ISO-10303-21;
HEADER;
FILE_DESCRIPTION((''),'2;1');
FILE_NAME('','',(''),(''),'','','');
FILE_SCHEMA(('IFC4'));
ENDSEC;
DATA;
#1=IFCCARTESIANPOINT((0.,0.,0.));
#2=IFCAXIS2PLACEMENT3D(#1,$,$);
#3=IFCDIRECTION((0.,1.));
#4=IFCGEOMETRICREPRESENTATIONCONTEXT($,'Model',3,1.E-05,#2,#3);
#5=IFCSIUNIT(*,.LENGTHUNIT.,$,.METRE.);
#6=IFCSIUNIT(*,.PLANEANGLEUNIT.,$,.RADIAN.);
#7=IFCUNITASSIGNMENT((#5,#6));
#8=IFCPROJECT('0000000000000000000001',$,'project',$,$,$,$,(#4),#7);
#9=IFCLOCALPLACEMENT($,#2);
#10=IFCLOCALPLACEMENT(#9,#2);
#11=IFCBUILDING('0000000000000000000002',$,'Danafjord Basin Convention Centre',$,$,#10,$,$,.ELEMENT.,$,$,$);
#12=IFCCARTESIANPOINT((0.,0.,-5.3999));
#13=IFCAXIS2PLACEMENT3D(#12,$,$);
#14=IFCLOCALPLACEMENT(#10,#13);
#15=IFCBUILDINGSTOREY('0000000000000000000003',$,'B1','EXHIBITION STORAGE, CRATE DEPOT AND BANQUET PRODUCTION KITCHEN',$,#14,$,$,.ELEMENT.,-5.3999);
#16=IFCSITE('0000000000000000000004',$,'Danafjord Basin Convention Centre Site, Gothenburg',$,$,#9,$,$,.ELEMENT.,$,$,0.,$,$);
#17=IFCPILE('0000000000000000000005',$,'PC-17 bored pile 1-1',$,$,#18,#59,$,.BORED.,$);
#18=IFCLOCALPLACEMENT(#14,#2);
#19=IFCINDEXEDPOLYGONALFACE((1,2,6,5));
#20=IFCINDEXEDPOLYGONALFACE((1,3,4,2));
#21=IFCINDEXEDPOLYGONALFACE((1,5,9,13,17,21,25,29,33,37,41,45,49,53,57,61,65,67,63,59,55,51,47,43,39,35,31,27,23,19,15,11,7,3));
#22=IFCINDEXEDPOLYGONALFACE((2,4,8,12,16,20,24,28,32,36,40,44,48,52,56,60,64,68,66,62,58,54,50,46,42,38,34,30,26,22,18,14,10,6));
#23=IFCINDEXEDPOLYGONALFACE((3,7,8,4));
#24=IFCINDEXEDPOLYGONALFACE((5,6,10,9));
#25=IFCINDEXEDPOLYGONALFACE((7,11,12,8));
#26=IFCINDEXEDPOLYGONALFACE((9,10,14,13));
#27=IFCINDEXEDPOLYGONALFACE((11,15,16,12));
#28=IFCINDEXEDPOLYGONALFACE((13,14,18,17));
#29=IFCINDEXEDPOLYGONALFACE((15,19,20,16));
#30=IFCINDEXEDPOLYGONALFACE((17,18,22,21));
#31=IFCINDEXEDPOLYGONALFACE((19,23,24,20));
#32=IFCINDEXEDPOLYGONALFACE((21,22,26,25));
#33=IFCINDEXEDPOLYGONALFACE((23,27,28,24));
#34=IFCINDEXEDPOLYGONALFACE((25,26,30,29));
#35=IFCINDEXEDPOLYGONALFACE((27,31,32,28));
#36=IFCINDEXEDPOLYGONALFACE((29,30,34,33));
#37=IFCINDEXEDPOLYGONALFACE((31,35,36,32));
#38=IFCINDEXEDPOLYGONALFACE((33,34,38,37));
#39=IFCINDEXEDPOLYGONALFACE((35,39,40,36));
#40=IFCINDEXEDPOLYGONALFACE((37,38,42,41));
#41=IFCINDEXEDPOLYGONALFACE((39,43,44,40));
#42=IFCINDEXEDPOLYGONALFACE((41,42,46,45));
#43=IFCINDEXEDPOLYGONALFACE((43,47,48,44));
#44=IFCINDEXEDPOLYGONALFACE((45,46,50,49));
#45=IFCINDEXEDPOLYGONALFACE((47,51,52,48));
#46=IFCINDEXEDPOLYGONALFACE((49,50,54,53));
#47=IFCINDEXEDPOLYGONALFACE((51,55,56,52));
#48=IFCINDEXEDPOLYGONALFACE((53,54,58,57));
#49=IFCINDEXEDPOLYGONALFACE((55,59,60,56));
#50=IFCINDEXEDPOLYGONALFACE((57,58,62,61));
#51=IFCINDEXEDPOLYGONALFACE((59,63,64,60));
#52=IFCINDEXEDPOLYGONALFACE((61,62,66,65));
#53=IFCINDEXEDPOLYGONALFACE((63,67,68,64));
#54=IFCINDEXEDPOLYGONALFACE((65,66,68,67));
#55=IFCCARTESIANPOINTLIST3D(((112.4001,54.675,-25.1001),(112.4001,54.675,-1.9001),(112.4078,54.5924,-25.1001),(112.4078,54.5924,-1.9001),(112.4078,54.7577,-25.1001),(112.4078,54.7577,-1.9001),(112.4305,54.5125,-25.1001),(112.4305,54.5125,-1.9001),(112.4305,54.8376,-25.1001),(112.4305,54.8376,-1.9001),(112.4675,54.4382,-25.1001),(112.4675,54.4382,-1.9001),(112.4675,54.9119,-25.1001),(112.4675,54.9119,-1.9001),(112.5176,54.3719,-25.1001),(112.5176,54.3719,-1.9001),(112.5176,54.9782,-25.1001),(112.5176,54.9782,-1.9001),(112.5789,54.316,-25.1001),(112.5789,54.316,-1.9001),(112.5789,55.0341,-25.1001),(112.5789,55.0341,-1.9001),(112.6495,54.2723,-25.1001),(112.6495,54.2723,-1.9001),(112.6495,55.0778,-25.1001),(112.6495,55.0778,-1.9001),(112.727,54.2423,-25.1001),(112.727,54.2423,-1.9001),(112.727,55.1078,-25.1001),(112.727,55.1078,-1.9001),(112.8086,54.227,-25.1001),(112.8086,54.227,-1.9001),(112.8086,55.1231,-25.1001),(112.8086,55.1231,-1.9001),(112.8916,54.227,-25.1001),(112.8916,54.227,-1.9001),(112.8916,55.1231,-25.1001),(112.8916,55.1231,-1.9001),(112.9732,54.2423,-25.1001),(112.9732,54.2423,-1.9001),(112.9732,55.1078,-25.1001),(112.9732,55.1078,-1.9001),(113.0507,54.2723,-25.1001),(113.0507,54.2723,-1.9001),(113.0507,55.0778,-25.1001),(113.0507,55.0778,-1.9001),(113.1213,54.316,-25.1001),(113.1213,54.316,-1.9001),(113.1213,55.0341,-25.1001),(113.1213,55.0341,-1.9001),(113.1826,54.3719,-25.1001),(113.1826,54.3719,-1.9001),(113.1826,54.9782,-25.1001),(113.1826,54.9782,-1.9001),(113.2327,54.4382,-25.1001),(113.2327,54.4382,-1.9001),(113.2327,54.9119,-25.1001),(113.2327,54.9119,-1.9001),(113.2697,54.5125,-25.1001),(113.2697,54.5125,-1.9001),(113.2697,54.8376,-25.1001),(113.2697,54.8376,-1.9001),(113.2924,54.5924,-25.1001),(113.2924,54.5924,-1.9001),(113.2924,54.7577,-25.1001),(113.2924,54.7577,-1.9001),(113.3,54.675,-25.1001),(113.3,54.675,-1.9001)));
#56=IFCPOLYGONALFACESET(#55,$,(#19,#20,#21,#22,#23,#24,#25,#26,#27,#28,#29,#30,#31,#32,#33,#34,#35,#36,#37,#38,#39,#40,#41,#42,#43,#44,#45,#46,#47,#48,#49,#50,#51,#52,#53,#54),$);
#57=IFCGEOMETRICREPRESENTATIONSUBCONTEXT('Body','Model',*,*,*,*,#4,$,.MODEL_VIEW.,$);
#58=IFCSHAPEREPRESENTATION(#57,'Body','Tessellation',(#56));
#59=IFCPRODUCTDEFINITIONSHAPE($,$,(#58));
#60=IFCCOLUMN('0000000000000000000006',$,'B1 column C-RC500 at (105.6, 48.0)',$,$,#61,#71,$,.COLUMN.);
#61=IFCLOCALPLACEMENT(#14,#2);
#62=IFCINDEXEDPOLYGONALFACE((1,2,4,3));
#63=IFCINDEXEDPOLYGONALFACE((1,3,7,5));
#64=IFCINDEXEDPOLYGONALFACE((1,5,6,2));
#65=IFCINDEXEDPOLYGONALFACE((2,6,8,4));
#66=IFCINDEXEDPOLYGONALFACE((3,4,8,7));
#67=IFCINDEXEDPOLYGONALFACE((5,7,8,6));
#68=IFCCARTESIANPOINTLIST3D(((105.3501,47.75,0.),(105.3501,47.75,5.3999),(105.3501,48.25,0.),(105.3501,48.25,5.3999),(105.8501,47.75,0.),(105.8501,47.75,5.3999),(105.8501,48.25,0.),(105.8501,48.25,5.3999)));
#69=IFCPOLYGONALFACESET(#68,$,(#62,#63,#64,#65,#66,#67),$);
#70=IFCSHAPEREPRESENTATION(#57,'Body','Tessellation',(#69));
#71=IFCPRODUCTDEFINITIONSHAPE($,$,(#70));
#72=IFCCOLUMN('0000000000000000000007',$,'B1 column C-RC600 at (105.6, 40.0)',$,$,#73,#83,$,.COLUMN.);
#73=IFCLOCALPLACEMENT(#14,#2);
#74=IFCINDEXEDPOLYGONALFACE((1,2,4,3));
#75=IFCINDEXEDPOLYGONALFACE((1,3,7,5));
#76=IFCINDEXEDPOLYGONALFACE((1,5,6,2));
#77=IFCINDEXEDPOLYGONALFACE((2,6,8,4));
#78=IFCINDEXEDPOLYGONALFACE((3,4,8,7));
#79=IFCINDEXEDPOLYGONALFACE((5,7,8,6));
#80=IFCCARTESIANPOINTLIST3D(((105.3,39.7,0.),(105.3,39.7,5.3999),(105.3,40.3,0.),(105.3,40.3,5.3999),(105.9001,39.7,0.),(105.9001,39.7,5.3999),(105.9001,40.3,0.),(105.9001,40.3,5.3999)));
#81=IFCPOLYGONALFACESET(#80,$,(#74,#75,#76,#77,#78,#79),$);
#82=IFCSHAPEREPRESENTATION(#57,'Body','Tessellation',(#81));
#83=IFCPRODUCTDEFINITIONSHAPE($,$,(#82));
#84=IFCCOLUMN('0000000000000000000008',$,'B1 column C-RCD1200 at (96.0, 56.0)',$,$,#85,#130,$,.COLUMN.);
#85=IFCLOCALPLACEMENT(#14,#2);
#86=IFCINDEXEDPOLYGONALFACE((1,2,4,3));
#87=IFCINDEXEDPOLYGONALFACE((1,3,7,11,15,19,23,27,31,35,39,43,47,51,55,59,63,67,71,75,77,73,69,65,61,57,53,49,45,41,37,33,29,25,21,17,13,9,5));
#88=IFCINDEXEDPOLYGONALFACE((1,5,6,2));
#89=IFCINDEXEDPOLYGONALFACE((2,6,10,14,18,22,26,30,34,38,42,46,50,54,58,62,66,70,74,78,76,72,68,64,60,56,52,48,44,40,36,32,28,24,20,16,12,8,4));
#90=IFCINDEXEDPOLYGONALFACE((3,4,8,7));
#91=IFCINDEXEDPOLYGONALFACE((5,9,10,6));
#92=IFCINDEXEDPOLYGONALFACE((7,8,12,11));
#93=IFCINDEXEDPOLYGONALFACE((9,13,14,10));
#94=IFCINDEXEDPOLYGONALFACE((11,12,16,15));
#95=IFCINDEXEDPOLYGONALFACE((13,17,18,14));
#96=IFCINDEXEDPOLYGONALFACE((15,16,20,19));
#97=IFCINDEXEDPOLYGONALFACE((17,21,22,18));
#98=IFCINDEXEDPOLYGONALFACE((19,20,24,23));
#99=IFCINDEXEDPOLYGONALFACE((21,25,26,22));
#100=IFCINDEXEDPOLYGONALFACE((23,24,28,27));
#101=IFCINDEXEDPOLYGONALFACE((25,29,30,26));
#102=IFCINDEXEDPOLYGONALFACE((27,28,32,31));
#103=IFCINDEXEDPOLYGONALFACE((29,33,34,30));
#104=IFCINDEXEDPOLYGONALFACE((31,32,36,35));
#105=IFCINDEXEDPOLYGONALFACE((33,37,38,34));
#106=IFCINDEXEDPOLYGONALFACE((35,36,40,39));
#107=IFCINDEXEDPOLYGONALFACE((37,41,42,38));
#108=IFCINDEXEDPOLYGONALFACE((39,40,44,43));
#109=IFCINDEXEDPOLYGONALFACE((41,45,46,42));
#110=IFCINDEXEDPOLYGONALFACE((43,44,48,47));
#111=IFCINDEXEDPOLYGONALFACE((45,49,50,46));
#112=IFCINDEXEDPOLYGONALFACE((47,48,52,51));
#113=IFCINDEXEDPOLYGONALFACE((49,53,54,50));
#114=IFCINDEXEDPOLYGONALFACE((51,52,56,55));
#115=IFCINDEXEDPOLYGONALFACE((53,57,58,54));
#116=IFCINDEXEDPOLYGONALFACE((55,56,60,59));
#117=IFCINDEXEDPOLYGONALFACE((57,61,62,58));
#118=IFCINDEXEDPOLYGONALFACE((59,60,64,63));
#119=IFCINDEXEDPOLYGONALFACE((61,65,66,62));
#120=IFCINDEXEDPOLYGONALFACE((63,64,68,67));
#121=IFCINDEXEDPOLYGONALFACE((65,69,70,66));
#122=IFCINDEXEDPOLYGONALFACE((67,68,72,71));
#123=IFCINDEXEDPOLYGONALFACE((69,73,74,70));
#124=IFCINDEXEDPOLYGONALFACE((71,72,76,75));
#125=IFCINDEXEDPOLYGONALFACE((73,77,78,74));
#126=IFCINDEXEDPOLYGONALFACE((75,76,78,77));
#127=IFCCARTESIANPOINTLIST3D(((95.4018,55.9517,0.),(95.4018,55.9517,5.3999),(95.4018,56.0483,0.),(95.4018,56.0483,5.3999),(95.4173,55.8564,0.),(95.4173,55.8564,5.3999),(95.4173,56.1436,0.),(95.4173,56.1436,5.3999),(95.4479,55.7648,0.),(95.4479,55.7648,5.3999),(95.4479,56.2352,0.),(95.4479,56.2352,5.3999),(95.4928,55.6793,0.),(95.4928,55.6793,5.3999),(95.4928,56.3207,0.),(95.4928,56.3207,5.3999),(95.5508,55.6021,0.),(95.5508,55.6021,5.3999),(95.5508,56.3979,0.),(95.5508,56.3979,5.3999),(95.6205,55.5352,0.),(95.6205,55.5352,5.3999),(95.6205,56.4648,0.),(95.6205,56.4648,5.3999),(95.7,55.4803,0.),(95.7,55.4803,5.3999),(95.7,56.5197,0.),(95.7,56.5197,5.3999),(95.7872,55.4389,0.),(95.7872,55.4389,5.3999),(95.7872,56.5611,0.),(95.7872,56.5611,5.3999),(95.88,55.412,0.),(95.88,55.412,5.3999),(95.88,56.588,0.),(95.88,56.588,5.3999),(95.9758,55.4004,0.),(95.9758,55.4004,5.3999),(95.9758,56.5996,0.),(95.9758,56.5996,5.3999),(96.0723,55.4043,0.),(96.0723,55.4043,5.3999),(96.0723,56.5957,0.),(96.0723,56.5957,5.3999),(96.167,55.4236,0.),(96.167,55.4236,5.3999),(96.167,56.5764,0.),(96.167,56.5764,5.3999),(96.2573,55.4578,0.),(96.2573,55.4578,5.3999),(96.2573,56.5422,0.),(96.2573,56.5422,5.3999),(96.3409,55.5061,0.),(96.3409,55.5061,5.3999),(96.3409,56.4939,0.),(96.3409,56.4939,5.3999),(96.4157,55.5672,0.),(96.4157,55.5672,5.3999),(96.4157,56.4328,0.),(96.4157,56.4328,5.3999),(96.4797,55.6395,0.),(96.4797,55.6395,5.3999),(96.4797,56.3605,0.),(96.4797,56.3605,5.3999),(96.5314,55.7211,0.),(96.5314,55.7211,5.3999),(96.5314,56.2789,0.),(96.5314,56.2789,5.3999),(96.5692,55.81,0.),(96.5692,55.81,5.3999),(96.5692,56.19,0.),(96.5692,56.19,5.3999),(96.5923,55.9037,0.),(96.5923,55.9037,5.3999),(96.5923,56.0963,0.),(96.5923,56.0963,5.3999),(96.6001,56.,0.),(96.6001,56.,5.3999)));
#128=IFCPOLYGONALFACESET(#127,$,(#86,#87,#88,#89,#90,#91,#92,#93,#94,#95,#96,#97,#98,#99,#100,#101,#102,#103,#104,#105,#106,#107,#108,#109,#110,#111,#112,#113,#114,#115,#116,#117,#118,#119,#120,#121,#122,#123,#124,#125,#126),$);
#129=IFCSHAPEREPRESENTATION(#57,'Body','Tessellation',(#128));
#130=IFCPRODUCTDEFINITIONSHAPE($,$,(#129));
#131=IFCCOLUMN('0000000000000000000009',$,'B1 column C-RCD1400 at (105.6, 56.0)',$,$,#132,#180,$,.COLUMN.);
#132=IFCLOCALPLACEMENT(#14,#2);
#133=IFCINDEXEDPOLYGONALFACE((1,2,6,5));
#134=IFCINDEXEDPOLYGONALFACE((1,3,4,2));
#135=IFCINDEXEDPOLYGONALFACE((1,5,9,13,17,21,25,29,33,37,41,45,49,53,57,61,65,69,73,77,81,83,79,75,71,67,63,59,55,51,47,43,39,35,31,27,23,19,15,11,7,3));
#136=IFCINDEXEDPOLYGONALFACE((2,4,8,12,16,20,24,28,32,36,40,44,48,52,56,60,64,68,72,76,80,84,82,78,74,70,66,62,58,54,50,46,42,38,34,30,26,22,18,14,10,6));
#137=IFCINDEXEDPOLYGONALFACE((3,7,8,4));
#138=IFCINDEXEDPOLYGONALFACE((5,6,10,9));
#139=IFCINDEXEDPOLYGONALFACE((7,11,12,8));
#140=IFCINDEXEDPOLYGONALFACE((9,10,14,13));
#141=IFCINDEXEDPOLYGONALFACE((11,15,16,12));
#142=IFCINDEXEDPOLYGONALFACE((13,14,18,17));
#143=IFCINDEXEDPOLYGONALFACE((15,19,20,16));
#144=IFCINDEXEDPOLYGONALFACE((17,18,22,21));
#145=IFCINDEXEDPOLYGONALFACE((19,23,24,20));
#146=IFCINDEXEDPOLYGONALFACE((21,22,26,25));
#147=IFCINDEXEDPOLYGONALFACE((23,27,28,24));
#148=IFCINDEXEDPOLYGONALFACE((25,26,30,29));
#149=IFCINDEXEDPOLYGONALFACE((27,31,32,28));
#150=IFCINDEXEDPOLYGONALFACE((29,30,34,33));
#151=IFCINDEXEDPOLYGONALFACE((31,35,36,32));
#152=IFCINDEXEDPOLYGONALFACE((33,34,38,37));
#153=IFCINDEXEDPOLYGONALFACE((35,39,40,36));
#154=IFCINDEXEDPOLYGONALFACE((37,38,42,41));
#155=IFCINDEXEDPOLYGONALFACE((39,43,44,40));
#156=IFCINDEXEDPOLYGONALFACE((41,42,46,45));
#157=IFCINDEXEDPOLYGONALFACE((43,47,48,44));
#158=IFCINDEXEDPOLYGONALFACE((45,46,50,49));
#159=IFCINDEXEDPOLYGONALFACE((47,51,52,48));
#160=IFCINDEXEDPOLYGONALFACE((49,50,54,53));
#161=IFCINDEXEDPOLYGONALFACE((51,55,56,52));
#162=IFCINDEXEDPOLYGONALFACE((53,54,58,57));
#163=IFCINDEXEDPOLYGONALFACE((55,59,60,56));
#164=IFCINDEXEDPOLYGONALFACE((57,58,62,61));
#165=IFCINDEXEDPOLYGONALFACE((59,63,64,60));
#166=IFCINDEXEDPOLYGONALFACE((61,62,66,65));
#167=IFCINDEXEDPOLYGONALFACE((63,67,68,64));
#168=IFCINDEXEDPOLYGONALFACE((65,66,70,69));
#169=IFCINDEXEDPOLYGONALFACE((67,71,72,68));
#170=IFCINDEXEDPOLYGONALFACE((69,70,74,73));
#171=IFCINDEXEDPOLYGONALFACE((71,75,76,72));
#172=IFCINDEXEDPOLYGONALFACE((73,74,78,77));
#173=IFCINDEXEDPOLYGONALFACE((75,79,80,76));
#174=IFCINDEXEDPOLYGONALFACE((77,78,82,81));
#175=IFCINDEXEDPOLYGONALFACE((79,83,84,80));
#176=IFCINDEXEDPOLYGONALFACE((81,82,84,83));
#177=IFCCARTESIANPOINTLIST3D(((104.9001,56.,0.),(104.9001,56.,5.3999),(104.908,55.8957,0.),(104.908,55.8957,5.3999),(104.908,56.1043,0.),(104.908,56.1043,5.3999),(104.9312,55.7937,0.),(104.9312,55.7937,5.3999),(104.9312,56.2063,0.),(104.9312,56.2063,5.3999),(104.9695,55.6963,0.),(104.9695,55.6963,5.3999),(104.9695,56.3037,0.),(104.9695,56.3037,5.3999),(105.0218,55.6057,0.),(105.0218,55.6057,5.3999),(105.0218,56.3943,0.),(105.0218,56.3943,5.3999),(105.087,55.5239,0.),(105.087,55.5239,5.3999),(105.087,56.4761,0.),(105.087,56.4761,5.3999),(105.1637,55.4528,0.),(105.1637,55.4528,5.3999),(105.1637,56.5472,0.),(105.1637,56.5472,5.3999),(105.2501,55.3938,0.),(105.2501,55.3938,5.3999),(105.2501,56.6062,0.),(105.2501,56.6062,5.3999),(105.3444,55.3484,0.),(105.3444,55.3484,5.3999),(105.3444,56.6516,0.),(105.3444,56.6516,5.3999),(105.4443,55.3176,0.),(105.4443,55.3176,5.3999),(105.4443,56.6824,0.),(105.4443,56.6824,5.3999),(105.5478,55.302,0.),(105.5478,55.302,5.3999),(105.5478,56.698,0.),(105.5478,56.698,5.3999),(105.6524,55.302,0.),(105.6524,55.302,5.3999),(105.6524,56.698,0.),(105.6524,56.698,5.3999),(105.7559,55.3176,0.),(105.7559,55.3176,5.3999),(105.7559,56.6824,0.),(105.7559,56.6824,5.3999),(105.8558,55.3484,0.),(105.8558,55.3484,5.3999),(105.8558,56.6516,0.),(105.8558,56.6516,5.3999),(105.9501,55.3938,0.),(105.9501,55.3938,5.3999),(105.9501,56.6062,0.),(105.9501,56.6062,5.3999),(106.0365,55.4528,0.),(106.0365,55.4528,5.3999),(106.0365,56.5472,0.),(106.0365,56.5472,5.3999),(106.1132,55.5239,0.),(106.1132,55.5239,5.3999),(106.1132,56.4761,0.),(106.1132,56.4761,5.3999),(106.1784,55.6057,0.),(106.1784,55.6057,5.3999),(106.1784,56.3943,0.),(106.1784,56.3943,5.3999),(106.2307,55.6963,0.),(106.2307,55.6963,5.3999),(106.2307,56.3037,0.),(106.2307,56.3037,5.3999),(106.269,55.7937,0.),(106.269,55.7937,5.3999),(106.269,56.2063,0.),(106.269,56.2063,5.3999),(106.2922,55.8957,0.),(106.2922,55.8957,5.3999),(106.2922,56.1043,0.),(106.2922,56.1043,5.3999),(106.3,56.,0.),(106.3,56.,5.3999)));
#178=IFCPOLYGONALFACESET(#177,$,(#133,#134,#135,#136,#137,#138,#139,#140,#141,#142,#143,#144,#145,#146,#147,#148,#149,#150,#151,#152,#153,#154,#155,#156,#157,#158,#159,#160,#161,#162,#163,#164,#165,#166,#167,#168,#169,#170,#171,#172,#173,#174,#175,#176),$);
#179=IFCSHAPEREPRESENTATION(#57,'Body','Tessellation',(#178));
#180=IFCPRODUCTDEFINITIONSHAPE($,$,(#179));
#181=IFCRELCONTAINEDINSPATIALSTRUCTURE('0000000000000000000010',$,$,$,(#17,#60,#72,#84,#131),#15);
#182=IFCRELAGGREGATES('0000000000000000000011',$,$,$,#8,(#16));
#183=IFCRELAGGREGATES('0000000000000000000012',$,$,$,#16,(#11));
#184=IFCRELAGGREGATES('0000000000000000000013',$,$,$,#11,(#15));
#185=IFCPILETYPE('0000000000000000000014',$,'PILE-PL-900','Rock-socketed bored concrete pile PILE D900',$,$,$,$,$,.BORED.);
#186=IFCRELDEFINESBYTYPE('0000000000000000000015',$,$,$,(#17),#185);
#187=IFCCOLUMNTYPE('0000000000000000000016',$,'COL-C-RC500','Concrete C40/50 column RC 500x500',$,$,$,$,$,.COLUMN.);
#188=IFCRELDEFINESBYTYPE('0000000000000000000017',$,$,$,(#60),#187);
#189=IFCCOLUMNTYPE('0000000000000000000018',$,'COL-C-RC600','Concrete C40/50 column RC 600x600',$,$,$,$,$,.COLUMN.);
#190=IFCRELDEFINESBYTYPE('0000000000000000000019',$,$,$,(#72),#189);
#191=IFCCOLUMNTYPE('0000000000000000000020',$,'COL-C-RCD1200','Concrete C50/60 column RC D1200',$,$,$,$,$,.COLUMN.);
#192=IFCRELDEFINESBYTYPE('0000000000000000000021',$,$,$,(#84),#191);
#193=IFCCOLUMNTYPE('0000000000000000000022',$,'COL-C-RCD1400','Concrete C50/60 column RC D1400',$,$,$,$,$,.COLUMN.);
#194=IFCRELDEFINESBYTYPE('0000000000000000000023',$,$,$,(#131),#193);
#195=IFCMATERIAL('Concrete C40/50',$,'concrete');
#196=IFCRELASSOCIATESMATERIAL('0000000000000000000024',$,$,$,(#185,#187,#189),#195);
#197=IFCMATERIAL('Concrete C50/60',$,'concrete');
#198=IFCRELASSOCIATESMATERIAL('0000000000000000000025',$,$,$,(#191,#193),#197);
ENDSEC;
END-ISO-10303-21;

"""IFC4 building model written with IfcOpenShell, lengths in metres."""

from ifc_helpers import new_model, si_unit, direction, frame, origin, origin_2d, place, context, subcontext, project, spatial, rectangle, circle, extrude, material, material_profile, profile_set, type_object, element, save


model = new_model("IFC4")

# Units and contexts
model_context = context("Model", 3, precision=1e-05, world=origin(), true_north=direction((0.0, 1.0)))
body_context = subcontext(model_context, "Body", "Model", "MODEL_VIEW")
ifc_project = project(units=[si_unit("LENGTHUNIT", "METRE"), si_unit("PLANEANGLEUNIT", "RADIAN")], contexts=[model_context])

# Site, building, storey
site_placement = place(None, origin())
site = spatial("IfcSite", under=ifc_project, at=site_placement, Name="Danafjord Basin Convention Centre Site, Gothenburg", CompositionType="ELEMENT", RefElevation=0.0)
building_placement = place(site_placement, origin())
building = spatial("IfcBuilding", under=site, at=building_placement, Name="Danafjord Basin Convention Centre", CompositionType="ELEMENT")
storey_placement = place(building_placement, frame((0.0, 0.0, -5.3999)))
storey = spatial("IfcBuildingStorey", under=building, at=storey_placement, Name="B1", Description="EXHIBITION STORAGE, CRATE DEPOT AND BANQUET PRODUCTION KITCHEN", CompositionType="ELEMENT", Elevation=-5.3999)

# Shared definitions
ifc_material_1 = material(Name="Concrete C40/50", Category="concrete")

# Pile
ifc_material_profile_1 = material_profile(ifc_material_1, circle(Radius=0.45, at=origin_2d()), Name="PILE D900")
ifc_profile_set_1 = profile_set([ifc_material_profile_1], Name="Concrete C40/50")
pile_type_1 = type_object("IfcPileType", Name="PILE-PL-900", Description="Rock-socketed bored concrete pile PILE D900", PredefinedType="BORED", material=ifc_profile_set_1)
pile_placement = place(storey_placement, frame((112.8501, 54.675, -1.9001), z_axis=(0.0, 0.0, -1.0), x_axis=(1.0, 0.0, 0.0)))
element("IfcPile", 1, at=pile_placement, inside=storey, type_object=pile_type_1, Name="PC-17 bored pile 1-1", PredefinedType="BORED", context=body_context, shape_type="SweptSolid", body=[
    extrude(circle(Radius=0.45, at=origin_2d()), origin(), (0.0, 0.0, 1.0), 23.2),
])

# Columns
ifc_material_profile_2 = material_profile(ifc_material_1, rectangle(XDim=0.5, YDim=0.5, at=origin_2d()), Name="RC 500x500")
ifc_profile_set_2 = profile_set([ifc_material_profile_2], Name="Concrete C40/50")
column_type_1 = type_object("IfcColumnType", Name="COL-C-RC500", Description="Concrete C40/50 column RC 500x500", PredefinedType="COLUMN", material=ifc_profile_set_2)
column_1_placement = place(storey_placement, frame((105.6001, 48.0, 0.0), z_axis=(0.0, 0.0, 1.0), x_axis=(1.0, 0.0, 0.0)))
element("IfcColumn", 2, at=column_1_placement, inside=storey, type_object=column_type_1, Name="B1 column C-RC500 at (105.6, 48.0)", PredefinedType="COLUMN", context=body_context, shape_type="SweptSolid", body=[
    extrude(rectangle(XDim=0.5, YDim=0.5, at=origin_2d()), origin(), (0.0, 0.0, 1.0), 5.3999),
])
ifc_material_profile_3 = material_profile(ifc_material_1, rectangle(XDim=0.6001, YDim=0.6001, at=origin_2d()), Name="RC 600x600")
ifc_profile_set_3 = profile_set([ifc_material_profile_3], Name="Concrete C40/50")
column_type_2 = type_object("IfcColumnType", Name="COL-C-RC600", Description="Concrete C40/50 column RC 600x600", PredefinedType="COLUMN", material=ifc_profile_set_3)
column_2_placement = place(storey_placement, frame((105.6001, 40.0, 0.0), z_axis=(0.0, 0.0, 1.0), x_axis=(1.0, 0.0, 0.0)))
element("IfcColumn", 3, at=column_2_placement, inside=storey, type_object=column_type_2, Name="B1 column C-RC600 at (105.6, 40.0)", PredefinedType="COLUMN", context=body_context, shape_type="SweptSolid", body=[
    extrude(rectangle(XDim=0.6001, YDim=0.6001, at=origin_2d()), origin(), (0.0, 0.0, 1.0), 5.3999),
])
ifc_material_2 = material(Name="Concrete C50/60", Category="concrete")
ifc_material_profile_4 = material_profile(ifc_material_2, circle(Radius=0.6001, at=origin_2d()), Name="RC D1200")
ifc_profile_set_4 = profile_set([ifc_material_profile_4], Name="Concrete C50/60")
column_type_3 = type_object("IfcColumnType", Name="COL-C-RCD1200", Description="Concrete C50/60 column RC D1200", PredefinedType="COLUMN", material=ifc_profile_set_4)
column_3_placement = place(storey_placement, frame((96.0, 56.0, 0.0), z_axis=(0.0, 0.0, 1.0), x_axis=(1.0, 0.0, 0.0)))
element("IfcColumn", 4, at=column_3_placement, inside=storey, type_object=column_type_3, Name="B1 column C-RCD1200 at (96.0, 56.0)", PredefinedType="COLUMN", context=body_context, shape_type="SweptSolid", body=[
    extrude(circle(Radius=0.6001, at=origin_2d()), origin(), (0.0, 0.0, 1.0), 5.3999),
])
ifc_material_profile_5 = material_profile(ifc_material_2, circle(Radius=0.7, at=origin_2d()), Name="RC D1400")
ifc_profile_set_5 = profile_set([ifc_material_profile_5], Name="Concrete C50/60")
column_type_4 = type_object("IfcColumnType", Name="COL-C-RCD1400", Description="Concrete C50/60 column RC D1400", PredefinedType="COLUMN", material=ifc_profile_set_5)
column_4_placement = place(storey_placement, frame((105.6001, 56.0, 0.0), z_axis=(0.0, 0.0, 1.0), x_axis=(1.0, 0.0, 0.0)))
element("IfcColumn", 5, at=column_4_placement, inside=storey, type_object=column_type_4, Name="B1 column C-RCD1400 at (105.6, 56.0)", PredefinedType="COLUMN", context=body_context, shape_type="SweptSolid", body=[
    extrude(circle(Radius=0.7, at=origin_2d()), origin(), (0.0, 0.0, 1.0), 5.3999),
])

save(model, "model.ifc")
